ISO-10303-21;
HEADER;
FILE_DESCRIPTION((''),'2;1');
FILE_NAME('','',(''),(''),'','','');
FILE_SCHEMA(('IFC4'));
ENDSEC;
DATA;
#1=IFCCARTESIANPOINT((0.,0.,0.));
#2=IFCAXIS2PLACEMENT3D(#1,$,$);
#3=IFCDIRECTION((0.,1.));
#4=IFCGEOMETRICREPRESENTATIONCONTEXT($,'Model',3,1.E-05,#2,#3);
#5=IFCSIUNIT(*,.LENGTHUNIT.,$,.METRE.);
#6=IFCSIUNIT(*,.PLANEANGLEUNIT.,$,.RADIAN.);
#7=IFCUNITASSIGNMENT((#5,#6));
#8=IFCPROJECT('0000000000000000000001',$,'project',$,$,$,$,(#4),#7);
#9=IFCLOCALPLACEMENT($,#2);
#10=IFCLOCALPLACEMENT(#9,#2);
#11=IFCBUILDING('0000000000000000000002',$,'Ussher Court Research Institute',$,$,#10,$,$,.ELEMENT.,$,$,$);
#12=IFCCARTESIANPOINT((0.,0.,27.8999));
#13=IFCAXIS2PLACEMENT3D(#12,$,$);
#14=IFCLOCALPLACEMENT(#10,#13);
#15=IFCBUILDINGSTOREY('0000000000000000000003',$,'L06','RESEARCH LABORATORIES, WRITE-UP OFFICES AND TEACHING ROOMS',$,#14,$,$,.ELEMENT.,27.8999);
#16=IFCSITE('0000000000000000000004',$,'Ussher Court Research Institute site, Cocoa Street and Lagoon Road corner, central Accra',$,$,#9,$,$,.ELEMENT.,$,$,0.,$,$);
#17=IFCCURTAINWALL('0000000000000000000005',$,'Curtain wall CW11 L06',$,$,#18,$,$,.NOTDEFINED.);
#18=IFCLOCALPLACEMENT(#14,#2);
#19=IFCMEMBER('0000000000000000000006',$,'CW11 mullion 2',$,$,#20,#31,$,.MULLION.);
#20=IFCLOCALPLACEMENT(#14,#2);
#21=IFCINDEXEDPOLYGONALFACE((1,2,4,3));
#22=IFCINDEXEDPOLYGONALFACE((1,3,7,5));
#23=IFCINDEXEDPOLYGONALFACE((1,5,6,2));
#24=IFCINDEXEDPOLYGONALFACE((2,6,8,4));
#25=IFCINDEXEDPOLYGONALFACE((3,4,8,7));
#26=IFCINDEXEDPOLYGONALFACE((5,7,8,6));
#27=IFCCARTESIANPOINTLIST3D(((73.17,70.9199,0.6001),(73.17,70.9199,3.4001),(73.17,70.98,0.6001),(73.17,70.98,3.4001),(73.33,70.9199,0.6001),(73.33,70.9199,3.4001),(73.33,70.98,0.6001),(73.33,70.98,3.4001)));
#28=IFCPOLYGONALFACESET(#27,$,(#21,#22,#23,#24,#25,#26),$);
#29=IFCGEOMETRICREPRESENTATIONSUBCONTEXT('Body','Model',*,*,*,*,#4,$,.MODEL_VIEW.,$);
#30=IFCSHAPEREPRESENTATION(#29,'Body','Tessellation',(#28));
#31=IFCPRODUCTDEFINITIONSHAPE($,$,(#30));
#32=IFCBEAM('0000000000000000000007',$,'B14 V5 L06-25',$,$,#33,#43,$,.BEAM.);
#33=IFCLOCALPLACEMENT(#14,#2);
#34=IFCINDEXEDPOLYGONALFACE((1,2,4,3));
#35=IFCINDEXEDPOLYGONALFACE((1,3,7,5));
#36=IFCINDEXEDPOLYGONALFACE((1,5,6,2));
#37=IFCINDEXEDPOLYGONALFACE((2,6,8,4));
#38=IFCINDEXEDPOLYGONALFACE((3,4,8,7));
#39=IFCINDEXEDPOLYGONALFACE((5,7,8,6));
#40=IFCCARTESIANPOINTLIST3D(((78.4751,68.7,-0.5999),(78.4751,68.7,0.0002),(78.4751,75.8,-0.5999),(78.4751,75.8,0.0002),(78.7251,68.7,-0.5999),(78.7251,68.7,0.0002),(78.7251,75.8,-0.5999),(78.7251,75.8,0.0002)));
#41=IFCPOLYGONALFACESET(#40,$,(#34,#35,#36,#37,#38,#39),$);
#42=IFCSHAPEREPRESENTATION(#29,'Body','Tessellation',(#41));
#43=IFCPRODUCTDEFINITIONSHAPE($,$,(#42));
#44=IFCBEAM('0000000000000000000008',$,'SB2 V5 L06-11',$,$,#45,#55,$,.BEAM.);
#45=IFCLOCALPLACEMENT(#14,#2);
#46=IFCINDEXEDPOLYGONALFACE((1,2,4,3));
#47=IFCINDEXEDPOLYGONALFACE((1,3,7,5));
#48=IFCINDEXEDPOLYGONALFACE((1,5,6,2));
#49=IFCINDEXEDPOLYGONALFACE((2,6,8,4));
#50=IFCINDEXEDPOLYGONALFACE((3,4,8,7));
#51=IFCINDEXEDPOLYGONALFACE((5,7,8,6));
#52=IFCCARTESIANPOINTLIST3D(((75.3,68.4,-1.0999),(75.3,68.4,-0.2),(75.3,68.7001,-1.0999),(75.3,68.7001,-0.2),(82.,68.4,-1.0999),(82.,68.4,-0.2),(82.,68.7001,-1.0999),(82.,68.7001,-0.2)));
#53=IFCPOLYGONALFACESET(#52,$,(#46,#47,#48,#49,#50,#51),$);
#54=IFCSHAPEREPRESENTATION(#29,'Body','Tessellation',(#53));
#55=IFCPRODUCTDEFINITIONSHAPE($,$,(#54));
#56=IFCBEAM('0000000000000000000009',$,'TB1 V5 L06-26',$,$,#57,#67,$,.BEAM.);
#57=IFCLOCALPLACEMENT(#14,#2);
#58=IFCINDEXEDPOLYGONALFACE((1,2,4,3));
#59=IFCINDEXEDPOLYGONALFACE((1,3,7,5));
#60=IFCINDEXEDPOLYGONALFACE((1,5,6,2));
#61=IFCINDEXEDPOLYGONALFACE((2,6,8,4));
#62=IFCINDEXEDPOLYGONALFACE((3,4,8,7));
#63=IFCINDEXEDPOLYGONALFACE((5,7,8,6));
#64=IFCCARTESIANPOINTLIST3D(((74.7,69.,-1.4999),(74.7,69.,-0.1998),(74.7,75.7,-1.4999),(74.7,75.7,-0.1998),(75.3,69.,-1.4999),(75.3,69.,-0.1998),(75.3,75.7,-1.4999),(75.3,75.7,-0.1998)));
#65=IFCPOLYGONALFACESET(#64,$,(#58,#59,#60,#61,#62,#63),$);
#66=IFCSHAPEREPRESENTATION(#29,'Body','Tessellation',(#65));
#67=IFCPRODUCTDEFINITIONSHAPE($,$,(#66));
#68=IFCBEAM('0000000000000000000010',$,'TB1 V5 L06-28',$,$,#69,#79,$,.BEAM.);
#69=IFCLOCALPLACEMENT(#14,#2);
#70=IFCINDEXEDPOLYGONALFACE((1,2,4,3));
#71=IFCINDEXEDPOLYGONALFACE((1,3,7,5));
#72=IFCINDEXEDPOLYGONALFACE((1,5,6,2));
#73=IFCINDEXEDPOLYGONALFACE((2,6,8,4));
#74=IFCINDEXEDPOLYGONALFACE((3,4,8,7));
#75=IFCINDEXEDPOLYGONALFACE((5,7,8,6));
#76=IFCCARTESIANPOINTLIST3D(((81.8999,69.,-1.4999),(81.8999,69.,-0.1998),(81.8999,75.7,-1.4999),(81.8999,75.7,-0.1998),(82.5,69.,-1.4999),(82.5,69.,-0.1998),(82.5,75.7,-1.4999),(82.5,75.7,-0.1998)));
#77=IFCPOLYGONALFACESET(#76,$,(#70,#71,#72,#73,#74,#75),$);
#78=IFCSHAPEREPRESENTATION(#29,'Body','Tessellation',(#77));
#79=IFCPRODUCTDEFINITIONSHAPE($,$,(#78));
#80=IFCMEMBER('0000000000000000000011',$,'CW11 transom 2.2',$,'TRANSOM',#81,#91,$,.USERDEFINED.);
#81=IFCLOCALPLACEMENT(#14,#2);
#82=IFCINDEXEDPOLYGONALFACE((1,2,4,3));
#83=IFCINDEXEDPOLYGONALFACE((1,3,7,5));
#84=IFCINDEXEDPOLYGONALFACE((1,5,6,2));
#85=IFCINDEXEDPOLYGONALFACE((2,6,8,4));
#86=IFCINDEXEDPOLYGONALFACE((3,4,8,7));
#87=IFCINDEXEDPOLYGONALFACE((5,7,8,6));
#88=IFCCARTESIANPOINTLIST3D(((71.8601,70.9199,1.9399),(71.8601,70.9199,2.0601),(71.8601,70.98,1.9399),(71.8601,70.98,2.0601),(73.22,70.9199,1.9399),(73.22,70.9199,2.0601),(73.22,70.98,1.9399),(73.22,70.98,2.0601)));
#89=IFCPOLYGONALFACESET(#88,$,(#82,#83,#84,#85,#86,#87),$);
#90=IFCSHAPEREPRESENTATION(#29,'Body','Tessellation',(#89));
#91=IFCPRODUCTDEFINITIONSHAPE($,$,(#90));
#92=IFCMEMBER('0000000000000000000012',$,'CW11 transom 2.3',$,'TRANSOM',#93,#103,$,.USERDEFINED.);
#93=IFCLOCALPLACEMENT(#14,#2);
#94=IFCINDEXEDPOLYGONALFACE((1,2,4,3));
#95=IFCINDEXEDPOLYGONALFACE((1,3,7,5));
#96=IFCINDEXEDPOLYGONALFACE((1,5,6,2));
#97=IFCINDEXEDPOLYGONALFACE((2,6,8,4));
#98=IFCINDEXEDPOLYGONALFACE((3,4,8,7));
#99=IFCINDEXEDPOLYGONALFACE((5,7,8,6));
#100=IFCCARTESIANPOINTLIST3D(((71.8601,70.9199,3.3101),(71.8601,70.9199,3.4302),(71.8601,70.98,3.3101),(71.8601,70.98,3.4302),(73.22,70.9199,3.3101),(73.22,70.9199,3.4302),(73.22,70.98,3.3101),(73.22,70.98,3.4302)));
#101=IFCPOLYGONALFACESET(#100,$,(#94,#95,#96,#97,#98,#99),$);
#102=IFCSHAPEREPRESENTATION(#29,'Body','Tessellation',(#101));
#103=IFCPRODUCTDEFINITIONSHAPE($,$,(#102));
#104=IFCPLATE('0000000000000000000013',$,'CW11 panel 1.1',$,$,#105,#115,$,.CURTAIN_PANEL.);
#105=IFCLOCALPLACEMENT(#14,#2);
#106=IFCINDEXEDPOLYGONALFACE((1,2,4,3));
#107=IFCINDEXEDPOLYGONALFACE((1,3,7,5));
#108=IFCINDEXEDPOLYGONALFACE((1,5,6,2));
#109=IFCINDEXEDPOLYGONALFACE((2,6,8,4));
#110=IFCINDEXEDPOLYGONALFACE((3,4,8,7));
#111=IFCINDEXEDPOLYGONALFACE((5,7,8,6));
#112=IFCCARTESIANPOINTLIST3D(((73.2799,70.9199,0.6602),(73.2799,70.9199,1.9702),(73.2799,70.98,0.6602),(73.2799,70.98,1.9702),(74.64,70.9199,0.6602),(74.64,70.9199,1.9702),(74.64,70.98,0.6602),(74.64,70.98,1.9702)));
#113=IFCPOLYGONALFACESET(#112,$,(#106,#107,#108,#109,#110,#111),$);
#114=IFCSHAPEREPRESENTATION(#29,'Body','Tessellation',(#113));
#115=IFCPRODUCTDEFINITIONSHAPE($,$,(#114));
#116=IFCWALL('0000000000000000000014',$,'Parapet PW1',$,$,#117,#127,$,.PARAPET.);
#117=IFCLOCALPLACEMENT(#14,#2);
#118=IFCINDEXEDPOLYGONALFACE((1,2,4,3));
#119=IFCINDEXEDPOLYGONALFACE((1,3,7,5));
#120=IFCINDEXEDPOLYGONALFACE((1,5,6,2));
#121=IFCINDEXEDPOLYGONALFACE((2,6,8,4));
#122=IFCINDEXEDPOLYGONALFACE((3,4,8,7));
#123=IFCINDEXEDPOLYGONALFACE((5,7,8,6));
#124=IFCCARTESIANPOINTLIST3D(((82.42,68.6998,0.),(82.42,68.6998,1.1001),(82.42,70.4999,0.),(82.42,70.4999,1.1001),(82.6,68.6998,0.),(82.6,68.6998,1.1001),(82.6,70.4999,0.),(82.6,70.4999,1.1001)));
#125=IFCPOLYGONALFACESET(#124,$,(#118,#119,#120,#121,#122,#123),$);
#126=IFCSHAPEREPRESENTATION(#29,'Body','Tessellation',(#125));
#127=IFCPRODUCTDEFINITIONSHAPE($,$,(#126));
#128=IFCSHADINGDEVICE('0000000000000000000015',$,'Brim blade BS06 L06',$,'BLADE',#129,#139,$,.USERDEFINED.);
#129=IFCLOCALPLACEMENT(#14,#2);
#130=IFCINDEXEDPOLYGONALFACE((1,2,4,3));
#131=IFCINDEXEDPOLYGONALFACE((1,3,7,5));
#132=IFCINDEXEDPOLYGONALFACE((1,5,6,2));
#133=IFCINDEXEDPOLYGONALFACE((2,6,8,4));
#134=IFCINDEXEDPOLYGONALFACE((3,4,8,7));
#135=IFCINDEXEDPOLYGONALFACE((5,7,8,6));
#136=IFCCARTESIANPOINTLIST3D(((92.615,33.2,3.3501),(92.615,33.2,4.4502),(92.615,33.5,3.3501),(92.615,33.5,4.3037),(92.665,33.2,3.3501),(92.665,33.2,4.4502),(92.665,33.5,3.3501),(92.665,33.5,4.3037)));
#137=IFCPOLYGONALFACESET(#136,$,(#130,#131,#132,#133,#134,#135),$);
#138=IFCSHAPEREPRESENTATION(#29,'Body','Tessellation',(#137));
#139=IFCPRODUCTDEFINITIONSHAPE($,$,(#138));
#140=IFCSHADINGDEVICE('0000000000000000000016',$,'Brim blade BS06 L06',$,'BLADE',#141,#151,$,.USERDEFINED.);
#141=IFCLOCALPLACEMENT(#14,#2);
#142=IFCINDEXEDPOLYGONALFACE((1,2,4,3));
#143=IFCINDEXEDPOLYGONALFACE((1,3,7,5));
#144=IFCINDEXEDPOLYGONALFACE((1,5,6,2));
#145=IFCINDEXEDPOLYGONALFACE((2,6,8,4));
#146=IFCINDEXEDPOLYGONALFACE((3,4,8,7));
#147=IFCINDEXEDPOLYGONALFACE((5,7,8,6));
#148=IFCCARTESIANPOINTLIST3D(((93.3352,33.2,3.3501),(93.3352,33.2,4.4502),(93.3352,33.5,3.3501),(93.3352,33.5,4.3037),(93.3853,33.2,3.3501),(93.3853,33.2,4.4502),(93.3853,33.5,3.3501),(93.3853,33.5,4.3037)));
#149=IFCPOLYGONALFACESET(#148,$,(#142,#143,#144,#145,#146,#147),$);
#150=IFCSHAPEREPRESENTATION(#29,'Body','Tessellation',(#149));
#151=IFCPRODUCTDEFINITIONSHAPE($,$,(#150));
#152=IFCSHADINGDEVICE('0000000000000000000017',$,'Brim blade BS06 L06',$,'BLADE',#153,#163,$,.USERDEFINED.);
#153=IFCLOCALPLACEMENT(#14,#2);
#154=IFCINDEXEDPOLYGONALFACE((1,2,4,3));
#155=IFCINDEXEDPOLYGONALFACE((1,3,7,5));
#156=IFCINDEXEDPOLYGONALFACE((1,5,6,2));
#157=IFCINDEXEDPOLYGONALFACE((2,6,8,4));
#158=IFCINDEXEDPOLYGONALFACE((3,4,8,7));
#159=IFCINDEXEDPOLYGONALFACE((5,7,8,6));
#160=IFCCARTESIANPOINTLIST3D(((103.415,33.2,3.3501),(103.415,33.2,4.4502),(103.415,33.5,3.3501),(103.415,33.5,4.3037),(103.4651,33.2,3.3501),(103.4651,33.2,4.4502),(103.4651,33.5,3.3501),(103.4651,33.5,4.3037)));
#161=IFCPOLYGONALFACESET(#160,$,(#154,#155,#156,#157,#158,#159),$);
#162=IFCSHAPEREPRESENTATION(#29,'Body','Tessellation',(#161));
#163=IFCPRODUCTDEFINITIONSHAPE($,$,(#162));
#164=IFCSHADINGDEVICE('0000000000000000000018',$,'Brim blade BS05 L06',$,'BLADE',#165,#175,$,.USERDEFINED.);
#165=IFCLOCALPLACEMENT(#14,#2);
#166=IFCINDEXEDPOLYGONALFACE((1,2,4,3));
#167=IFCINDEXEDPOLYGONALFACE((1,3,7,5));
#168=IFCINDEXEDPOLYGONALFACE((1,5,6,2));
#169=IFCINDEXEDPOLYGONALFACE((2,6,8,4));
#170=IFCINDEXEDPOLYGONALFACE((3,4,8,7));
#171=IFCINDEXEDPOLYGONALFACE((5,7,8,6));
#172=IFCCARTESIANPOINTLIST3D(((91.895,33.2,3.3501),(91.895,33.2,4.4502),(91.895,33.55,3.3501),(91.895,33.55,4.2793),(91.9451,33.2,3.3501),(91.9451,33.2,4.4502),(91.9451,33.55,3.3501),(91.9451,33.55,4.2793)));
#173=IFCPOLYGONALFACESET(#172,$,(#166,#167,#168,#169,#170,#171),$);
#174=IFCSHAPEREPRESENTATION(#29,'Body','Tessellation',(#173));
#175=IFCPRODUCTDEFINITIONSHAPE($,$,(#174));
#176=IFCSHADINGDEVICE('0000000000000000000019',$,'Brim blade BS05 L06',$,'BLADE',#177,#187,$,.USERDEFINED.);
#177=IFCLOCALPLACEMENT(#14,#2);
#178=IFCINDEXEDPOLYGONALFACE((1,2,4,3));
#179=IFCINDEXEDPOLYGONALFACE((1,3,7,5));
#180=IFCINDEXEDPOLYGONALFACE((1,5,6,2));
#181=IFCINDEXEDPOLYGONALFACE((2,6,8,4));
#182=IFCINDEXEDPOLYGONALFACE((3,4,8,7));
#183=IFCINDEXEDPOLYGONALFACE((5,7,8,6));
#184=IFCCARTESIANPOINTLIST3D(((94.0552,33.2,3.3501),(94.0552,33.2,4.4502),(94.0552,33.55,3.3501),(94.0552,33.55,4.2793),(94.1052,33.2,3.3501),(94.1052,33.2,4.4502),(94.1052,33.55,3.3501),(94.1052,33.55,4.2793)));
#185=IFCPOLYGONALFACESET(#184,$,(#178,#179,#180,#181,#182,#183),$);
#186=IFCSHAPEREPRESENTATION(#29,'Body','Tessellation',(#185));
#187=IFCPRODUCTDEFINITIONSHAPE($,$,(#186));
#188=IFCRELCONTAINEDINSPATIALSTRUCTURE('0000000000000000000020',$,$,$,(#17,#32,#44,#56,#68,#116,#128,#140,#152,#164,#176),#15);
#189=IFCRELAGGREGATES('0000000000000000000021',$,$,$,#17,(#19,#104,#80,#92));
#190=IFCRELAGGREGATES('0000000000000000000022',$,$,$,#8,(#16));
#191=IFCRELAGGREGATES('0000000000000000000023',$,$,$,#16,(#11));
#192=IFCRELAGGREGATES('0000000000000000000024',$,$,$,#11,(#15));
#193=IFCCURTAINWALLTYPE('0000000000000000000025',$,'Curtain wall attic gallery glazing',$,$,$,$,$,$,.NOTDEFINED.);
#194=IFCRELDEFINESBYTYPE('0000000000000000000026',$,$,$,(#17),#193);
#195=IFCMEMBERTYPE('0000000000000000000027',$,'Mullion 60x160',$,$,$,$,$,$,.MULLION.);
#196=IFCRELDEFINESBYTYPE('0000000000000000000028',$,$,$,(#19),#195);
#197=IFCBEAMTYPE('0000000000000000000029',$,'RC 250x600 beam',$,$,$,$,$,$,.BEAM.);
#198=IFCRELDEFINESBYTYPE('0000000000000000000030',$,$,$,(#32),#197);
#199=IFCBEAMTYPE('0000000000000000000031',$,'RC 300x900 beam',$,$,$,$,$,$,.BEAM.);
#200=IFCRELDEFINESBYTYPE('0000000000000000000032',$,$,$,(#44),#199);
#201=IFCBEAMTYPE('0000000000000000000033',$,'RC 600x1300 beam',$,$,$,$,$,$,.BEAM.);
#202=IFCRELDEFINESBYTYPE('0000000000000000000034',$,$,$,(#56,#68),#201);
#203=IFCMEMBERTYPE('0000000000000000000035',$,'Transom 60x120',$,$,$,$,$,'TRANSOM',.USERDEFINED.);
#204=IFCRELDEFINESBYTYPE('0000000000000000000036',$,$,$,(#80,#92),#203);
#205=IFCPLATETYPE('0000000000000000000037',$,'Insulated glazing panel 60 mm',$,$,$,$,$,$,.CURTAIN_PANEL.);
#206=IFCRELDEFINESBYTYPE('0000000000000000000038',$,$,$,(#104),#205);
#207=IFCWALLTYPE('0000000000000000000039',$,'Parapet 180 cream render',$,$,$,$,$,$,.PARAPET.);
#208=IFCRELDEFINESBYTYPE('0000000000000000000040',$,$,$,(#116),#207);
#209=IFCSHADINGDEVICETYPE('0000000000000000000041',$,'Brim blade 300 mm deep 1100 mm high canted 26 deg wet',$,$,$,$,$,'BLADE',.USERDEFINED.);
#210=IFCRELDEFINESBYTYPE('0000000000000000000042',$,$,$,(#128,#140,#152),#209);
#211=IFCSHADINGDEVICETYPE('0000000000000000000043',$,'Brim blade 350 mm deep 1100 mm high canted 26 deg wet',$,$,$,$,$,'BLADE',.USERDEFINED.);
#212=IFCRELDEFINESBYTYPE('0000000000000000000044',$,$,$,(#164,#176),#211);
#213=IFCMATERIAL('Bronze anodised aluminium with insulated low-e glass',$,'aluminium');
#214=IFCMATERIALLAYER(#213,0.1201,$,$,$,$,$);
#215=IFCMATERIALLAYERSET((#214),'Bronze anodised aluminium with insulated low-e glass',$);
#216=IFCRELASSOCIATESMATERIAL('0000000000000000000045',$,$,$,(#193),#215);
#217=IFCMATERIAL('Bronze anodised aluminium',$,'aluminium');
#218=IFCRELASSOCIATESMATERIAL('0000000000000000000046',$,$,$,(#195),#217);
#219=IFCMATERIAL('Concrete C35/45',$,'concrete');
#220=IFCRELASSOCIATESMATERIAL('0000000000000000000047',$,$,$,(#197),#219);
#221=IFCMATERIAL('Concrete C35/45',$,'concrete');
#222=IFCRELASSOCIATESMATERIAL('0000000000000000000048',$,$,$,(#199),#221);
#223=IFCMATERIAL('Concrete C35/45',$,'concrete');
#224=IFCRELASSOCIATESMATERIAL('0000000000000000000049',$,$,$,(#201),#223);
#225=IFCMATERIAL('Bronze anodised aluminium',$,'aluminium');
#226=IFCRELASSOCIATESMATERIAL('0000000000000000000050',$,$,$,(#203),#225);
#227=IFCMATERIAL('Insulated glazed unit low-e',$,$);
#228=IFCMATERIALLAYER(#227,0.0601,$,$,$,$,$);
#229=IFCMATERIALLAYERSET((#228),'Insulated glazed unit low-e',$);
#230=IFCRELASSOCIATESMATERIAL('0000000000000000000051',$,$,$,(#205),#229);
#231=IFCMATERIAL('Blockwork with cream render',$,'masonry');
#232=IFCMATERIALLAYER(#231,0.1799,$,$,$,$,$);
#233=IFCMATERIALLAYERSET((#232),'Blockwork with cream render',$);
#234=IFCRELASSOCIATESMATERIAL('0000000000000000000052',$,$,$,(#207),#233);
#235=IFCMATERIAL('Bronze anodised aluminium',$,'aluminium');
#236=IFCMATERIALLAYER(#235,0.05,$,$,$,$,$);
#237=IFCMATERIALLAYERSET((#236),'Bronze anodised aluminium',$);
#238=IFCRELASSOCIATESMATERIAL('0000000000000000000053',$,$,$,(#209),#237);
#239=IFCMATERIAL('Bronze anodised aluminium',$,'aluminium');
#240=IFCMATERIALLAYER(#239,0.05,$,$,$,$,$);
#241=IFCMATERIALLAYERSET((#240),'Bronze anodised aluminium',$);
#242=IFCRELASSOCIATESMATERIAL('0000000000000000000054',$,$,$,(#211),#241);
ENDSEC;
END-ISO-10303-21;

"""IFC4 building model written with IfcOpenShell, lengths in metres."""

from ifc_helpers import new_model, si_unit, direction, frame, frame_2d, origin, origin_2d, place, context, subcontext, project, spatial, polyline, rectangle, outline, extrude, material, layer, layer_set, material_profile, profile_set, type_object, element, aggregate, save


model = new_model("IFC4")

# Units and contexts
model_context = context("Model", 3, precision=1e-05, world=origin(), true_north=direction((0.0, 1.0)))
body_context = subcontext(model_context, "Body", "Model", "MODEL_VIEW")
ifc_project = project(units=[si_unit("LENGTHUNIT", "METRE"), si_unit("PLANEANGLEUNIT", "RADIAN")], contexts=[model_context])

# Site, building, storey
site_placement = place(None, origin())
site = spatial("IfcSite", under=ifc_project, at=site_placement, Name="Ussher Court Research Institute site, Cocoa Street and Lagoon Road corner, central Accra", CompositionType="ELEMENT", RefElevation=0.0)
building_placement = place(site_placement, origin())
building = spatial("IfcBuilding", under=site, at=building_placement, Name="Ussher Court Research Institute", CompositionType="ELEMENT")
storey_placement = place(building_placement, frame((0.0, 0.0, 27.8999)))
storey = spatial("IfcBuildingStorey", under=building, at=storey_placement, Name="L06", Description="RESEARCH LABORATORIES, WRITE-UP OFFICES AND TEACHING ROOMS", CompositionType="ELEMENT", Elevation=27.8999)

# Curtain wall, member
ifc_material_1 = material(Name="Bronze anodised aluminium with insulated low-e glass", Category="aluminium")
ifc_layer_1 = layer(ifc_material_1, 0.1201)
ifc_layer_set_1 = layer_set([ifc_layer_1], Name="Bronze anodised aluminium with insulated low-e glass")
curtain_wall_type = type_object("IfcCurtainWallType", Name="Curtain wall attic gallery glazing", PredefinedType="NOTDEFINED", material=ifc_layer_set_1)
curtain_wall_placement = place(storey_placement, origin())
curtain_wall = element("IfcCurtainWall", 1, at=curtain_wall_placement, inside=storey, type_object=curtain_wall_type, Name="Curtain wall CW11 L06", PredefinedType="NOTDEFINED")
ifc_material_2 = material(Name="Bronze anodised aluminium", Category="aluminium")
ifc_material_profile_1 = material_profile(ifc_material_2, rectangle(XDim=0.0601, YDim=0.1599, at=origin_2d()), Name="Mullion 60x160")
ifc_profile_set_1 = profile_set([ifc_material_profile_1], Name="Bronze anodised aluminium")
member_type_1 = type_object("IfcMemberType", Name="Mullion 60x160", PredefinedType="MULLION", material=ifc_profile_set_1)
member_1_placement = place(storey_placement, frame((73.25, 70.95, 0.6001), z_axis=(0.0, 0.0, 1.0), x_axis=(0.0, -1.0, 0.0)))
member_1 = element("IfcMember", 2, at=member_1_placement, type_object=member_type_1, Name="CW11 mullion 2", PredefinedType="MULLION", context=body_context, shape_type="SweptSolid", body=[
    extrude(rectangle(XDim=0.0601, YDim=0.1599, at=origin_2d()), origin(), (0.0, 0.0, 1.0), 2.8),
])

# Beams
ifc_material_3 = material(Name="Concrete C35/45", Category="concrete")
ifc_material_profile_2 = material_profile(ifc_material_3, rectangle(XDim=0.25, YDim=0.6001, at=origin_2d()), Name="RC 250x600")
ifc_profile_set_2 = profile_set([ifc_material_profile_2], Name="Concrete C35/45")
beam_type_1 = type_object("IfcBeamType", Name="RC 250x600 beam", PredefinedType="BEAM", material=ifc_profile_set_2)
beam_1_placement = place(storey_placement, frame((78.6001, 68.7, -0.2998), z_axis=(0.0, 1.0, 0.0), x_axis=(-1.0, 0.0, 0.0)))
element("IfcBeam", 3, at=beam_1_placement, inside=storey, type_object=beam_type_1, Name="B14 V5 L06-25", PredefinedType="BEAM", context=body_context, shape_type="SweptSolid", body=[
    extrude(rectangle(XDim=0.25, YDim=0.6001, at=origin_2d()), origin(), (0.0, 0.0, 1.0), 7.1001),
])
ifc_material_4 = material(Name="Concrete C35/45", Category="concrete")
ifc_material_profile_3 = material_profile(ifc_material_4, rectangle(XDim=0.3, YDim=0.8999, at=origin_2d()), Name="RC 300x900")
ifc_profile_set_3 = profile_set([ifc_material_profile_3], Name="Concrete C35/45")
beam_type_2 = type_object("IfcBeamType", Name="RC 300x900 beam", PredefinedType="BEAM", material=ifc_profile_set_3)
beam_2_placement = place(storey_placement, frame((75.3, 68.55, -0.6499), z_axis=(1.0, 0.0, 0.0), x_axis=(0.0, 1.0, 0.0)))
element("IfcBeam", 4, at=beam_2_placement, inside=storey, type_object=beam_type_2, Name="SB2 V5 L06-11", PredefinedType="BEAM", context=body_context, shape_type="SweptSolid", body=[
    extrude(rectangle(XDim=0.3, YDim=0.8999, at=origin_2d()), origin(), (0.0, 0.0, 1.0), 6.7),
])
ifc_material_5 = material(Name="Concrete C35/45", Category="concrete")
ifc_material_profile_4 = material_profile(ifc_material_5, rectangle(XDim=0.6001, YDim=1.3, at=origin_2d()), Name="RC 600x1300")
ifc_profile_set_4 = profile_set([ifc_material_profile_4], Name="Concrete C35/45")
beam_type_3 = type_object("IfcBeamType", Name="RC 600x1300 beam", PredefinedType="BEAM", material=ifc_profile_set_4)
for number, where, z_axis, x_axis, name in (
    (5, (75.0, 69.0, -0.8499), (0.0, 1.0, 0.0), (-1.0, 0.0, 0.0), "TB1 V5 L06-26"),
    (6, (82.2, 69.0, -0.8499), (0.0, 1.0, 0.0), (-1.0, 0.0, 0.0), "TB1 V5 L06-28"),
):
    element("IfcBeam", number, at=place(storey_placement, frame(where, z_axis=z_axis, x_axis=x_axis)), inside=storey, type_object=beam_type_3, Name=name, PredefinedType="BEAM", context=body_context, shape_type="SweptSolid", body=[
        extrude(rectangle(XDim=0.6001, YDim=1.3, at=origin_2d()), origin(), (0.0, 0.0, 1.0), 6.7),
    ])

# Members
ifc_material_6 = material(Name="Bronze anodised aluminium", Category="aluminium")
ifc_material_profile_5 = material_profile(ifc_material_6, rectangle(XDim=0.0601, YDim=0.1201, at=origin_2d()), Name="Transom 60x120")
ifc_profile_set_5 = profile_set([ifc_material_profile_5], Name="Bronze anodised aluminium")
member_type_2 = type_object("IfcMemberType", Name="Transom 60x120", ElementType="TRANSOM", PredefinedType="USERDEFINED", material=ifc_profile_set_5)
member_2_placement = place(storey_placement, frame((73.22, 70.95, 2.0), z_axis=(-1.0, 0.0, 0.0), x_axis=(0.0, -1.0, 0.0)))
member_2 = element("IfcMember", 7, at=member_2_placement, type_object=member_type_2, Name="CW11 transom 2.2", ObjectType="TRANSOM", PredefinedType="USERDEFINED", context=body_context, shape_type="SweptSolid", body=[
    extrude(rectangle(XDim=0.0601, YDim=0.1201, at=origin_2d()), origin(), (0.0, 0.0, 1.0), 1.3599),
])
member_3_placement = place(storey_placement, frame((73.22, 70.95, 3.3701), z_axis=(-1.0, 0.0, 0.0), x_axis=(0.0, -1.0, 0.0)))
member_3 = element("IfcMember", 8, at=member_3_placement, type_object=member_type_2, Name="CW11 transom 2.3", ObjectType="TRANSOM", PredefinedType="USERDEFINED", context=body_context, shape_type="SweptSolid", body=[
    extrude(rectangle(XDim=0.0601, YDim=0.1201, at=origin_2d()), origin(), (0.0, 0.0, 1.0), 1.3599),
])

# Plate
ifc_material_7 = material(Name="Insulated glazed unit low-e")
ifc_layer_2 = layer(ifc_material_7, 0.0601)
ifc_layer_set_2 = layer_set([ifc_layer_2], Name="Insulated glazed unit low-e")
plate_type = type_object("IfcPlateType", Name="Insulated glazing panel 60 mm", PredefinedType="CURTAIN_PANEL", material=ifc_layer_set_2)
plate_placement = place(storey_placement, frame((73.96, 70.95, 0.6602), z_axis=(0.0, 0.0, 1.0), x_axis=(-1.0, 0.0, 0.0)))
plate = element("IfcPlate", 9, at=plate_placement, type_object=plate_type, Name="CW11 panel 1.1", PredefinedType="CURTAIN_PANEL", context=body_context, shape_type="SweptSolid", body=[
    extrude(rectangle(XDim=1.3601, YDim=0.0601, at=origin_2d()), origin(), (0.0, 0.0, 1.0), 1.3101),
])
aggregate(curtain_wall, [member_1, plate, member_2, member_3])

# Wall
ifc_material_8 = material(Name="Blockwork with cream render", Category="masonry")
ifc_layer_3 = layer(ifc_material_8, 0.1799)
ifc_layer_set_3 = layer_set([ifc_layer_3], Name="Blockwork with cream render")
wall_type = type_object("IfcWallType", Name="Parapet 180 cream render", PredefinedType="PARAPET", material=ifc_layer_set_3)
wall_placement = place(storey_placement, frame((82.51, 68.7, 0.0), z_axis=(0.0, 0.0, 1.0), x_axis=(0.0, 1.0, 0.0)))
element("IfcWall", 10, at=wall_placement, inside=storey, type_object=wall_type, Name="Parapet PW1", PredefinedType="PARAPET", context=body_context, shape_type="SweptSolid", body=[
    extrude(rectangle(XDim=1.8, YDim=0.1799, at=frame_2d((0.8999, 0.0))), origin(), (0.0, 0.0, 1.0), 1.1001),
])

# Shading devices
ifc_material_9 = material(Name="Bronze anodised aluminium", Category="aluminium")
ifc_layer_4 = layer(ifc_material_9, 0.05)
ifc_layer_set_4 = layer_set([ifc_layer_4], Name="Bronze anodised aluminium")
shading_device_type_1 = type_object("IfcShadingDeviceType", Name="Brim blade 300 mm deep 1100 mm high canted 26 deg wet", ElementType="BLADE", PredefinedType="USERDEFINED", material=ifc_layer_set_4)
for number, where, z_axis, x_axis, name in (
    (11, (92.6399, 33.2, 3.3501), (0.0, 0.0, 1.0), (0.0, 1.0, 0.0), "Brim blade BS06 L06"),
    (12, (93.3601, 33.2, 3.3501), (0.0, 0.0, 1.0), (0.0, 1.0, 0.0), "Brim blade BS06 L06"),
    (13, (103.4399, 33.2, 3.3501), (0.0, 0.0, 1.0), (0.0, 1.0, 0.0), "Brim blade BS06 L06"),
):
    element("IfcShadingDevice", number, at=place(storey_placement, frame(where, z_axis=z_axis, x_axis=x_axis)), inside=storey, type_object=shading_device_type_1, Name=name, ObjectType="BLADE", PredefinedType="USERDEFINED", context=body_context, shape_type="SweptSolid", body=[
        extrude(outline(polyline([(0.0, 0.0), (0.3, 0.0), (0.3, 0.9536), (0.0, 1.1001), (0.0, 0.0)])), frame((0.0, 0.0249, 0.0), z_axis=(0.0, -1.0, 0.0), x_axis=(1.0, 0.0, 0.0)), (0.0, 0.0, 1.0), 0.05),
    ])
ifc_material_10 = material(Name="Bronze anodised aluminium", Category="aluminium")
ifc_layer_5 = layer(ifc_material_10, 0.05)
ifc_layer_set_5 = layer_set([ifc_layer_5], Name="Bronze anodised aluminium")
shading_device_type_2 = type_object("IfcShadingDeviceType", Name="Brim blade 350 mm deep 1100 mm high canted 26 deg wet", ElementType="BLADE", PredefinedType="USERDEFINED", material=ifc_layer_set_5)
for number, where, z_axis, x_axis, name in (
    (14, (91.9199, 33.2, 3.3501), (0.0, 0.0, 1.0), (0.0, 1.0, 0.0), "Brim blade BS05 L06"),
    (15, (94.0801, 33.2, 3.3501), (0.0, 0.0, 1.0), (0.0, 1.0, 0.0), "Brim blade BS05 L06"),
):
    element("IfcShadingDevice", number, at=place(storey_placement, frame(where, z_axis=z_axis, x_axis=x_axis)), inside=storey, type_object=shading_device_type_2, Name=name, ObjectType="BLADE", PredefinedType="USERDEFINED", context=body_context, shape_type="SweptSolid", body=[
        extrude(outline(polyline([(0.0, 0.0), (0.3501, 0.0), (0.3501, 0.9292), (0.0, 1.1001), (0.0, 0.0)])), frame((0.0, 0.0249, 0.0), z_axis=(0.0, -1.0, 0.0), x_axis=(1.0, 0.0, 0.0)), (0.0, 0.0, 1.0), 0.05),
    ])

save(model, "model.ifc")
